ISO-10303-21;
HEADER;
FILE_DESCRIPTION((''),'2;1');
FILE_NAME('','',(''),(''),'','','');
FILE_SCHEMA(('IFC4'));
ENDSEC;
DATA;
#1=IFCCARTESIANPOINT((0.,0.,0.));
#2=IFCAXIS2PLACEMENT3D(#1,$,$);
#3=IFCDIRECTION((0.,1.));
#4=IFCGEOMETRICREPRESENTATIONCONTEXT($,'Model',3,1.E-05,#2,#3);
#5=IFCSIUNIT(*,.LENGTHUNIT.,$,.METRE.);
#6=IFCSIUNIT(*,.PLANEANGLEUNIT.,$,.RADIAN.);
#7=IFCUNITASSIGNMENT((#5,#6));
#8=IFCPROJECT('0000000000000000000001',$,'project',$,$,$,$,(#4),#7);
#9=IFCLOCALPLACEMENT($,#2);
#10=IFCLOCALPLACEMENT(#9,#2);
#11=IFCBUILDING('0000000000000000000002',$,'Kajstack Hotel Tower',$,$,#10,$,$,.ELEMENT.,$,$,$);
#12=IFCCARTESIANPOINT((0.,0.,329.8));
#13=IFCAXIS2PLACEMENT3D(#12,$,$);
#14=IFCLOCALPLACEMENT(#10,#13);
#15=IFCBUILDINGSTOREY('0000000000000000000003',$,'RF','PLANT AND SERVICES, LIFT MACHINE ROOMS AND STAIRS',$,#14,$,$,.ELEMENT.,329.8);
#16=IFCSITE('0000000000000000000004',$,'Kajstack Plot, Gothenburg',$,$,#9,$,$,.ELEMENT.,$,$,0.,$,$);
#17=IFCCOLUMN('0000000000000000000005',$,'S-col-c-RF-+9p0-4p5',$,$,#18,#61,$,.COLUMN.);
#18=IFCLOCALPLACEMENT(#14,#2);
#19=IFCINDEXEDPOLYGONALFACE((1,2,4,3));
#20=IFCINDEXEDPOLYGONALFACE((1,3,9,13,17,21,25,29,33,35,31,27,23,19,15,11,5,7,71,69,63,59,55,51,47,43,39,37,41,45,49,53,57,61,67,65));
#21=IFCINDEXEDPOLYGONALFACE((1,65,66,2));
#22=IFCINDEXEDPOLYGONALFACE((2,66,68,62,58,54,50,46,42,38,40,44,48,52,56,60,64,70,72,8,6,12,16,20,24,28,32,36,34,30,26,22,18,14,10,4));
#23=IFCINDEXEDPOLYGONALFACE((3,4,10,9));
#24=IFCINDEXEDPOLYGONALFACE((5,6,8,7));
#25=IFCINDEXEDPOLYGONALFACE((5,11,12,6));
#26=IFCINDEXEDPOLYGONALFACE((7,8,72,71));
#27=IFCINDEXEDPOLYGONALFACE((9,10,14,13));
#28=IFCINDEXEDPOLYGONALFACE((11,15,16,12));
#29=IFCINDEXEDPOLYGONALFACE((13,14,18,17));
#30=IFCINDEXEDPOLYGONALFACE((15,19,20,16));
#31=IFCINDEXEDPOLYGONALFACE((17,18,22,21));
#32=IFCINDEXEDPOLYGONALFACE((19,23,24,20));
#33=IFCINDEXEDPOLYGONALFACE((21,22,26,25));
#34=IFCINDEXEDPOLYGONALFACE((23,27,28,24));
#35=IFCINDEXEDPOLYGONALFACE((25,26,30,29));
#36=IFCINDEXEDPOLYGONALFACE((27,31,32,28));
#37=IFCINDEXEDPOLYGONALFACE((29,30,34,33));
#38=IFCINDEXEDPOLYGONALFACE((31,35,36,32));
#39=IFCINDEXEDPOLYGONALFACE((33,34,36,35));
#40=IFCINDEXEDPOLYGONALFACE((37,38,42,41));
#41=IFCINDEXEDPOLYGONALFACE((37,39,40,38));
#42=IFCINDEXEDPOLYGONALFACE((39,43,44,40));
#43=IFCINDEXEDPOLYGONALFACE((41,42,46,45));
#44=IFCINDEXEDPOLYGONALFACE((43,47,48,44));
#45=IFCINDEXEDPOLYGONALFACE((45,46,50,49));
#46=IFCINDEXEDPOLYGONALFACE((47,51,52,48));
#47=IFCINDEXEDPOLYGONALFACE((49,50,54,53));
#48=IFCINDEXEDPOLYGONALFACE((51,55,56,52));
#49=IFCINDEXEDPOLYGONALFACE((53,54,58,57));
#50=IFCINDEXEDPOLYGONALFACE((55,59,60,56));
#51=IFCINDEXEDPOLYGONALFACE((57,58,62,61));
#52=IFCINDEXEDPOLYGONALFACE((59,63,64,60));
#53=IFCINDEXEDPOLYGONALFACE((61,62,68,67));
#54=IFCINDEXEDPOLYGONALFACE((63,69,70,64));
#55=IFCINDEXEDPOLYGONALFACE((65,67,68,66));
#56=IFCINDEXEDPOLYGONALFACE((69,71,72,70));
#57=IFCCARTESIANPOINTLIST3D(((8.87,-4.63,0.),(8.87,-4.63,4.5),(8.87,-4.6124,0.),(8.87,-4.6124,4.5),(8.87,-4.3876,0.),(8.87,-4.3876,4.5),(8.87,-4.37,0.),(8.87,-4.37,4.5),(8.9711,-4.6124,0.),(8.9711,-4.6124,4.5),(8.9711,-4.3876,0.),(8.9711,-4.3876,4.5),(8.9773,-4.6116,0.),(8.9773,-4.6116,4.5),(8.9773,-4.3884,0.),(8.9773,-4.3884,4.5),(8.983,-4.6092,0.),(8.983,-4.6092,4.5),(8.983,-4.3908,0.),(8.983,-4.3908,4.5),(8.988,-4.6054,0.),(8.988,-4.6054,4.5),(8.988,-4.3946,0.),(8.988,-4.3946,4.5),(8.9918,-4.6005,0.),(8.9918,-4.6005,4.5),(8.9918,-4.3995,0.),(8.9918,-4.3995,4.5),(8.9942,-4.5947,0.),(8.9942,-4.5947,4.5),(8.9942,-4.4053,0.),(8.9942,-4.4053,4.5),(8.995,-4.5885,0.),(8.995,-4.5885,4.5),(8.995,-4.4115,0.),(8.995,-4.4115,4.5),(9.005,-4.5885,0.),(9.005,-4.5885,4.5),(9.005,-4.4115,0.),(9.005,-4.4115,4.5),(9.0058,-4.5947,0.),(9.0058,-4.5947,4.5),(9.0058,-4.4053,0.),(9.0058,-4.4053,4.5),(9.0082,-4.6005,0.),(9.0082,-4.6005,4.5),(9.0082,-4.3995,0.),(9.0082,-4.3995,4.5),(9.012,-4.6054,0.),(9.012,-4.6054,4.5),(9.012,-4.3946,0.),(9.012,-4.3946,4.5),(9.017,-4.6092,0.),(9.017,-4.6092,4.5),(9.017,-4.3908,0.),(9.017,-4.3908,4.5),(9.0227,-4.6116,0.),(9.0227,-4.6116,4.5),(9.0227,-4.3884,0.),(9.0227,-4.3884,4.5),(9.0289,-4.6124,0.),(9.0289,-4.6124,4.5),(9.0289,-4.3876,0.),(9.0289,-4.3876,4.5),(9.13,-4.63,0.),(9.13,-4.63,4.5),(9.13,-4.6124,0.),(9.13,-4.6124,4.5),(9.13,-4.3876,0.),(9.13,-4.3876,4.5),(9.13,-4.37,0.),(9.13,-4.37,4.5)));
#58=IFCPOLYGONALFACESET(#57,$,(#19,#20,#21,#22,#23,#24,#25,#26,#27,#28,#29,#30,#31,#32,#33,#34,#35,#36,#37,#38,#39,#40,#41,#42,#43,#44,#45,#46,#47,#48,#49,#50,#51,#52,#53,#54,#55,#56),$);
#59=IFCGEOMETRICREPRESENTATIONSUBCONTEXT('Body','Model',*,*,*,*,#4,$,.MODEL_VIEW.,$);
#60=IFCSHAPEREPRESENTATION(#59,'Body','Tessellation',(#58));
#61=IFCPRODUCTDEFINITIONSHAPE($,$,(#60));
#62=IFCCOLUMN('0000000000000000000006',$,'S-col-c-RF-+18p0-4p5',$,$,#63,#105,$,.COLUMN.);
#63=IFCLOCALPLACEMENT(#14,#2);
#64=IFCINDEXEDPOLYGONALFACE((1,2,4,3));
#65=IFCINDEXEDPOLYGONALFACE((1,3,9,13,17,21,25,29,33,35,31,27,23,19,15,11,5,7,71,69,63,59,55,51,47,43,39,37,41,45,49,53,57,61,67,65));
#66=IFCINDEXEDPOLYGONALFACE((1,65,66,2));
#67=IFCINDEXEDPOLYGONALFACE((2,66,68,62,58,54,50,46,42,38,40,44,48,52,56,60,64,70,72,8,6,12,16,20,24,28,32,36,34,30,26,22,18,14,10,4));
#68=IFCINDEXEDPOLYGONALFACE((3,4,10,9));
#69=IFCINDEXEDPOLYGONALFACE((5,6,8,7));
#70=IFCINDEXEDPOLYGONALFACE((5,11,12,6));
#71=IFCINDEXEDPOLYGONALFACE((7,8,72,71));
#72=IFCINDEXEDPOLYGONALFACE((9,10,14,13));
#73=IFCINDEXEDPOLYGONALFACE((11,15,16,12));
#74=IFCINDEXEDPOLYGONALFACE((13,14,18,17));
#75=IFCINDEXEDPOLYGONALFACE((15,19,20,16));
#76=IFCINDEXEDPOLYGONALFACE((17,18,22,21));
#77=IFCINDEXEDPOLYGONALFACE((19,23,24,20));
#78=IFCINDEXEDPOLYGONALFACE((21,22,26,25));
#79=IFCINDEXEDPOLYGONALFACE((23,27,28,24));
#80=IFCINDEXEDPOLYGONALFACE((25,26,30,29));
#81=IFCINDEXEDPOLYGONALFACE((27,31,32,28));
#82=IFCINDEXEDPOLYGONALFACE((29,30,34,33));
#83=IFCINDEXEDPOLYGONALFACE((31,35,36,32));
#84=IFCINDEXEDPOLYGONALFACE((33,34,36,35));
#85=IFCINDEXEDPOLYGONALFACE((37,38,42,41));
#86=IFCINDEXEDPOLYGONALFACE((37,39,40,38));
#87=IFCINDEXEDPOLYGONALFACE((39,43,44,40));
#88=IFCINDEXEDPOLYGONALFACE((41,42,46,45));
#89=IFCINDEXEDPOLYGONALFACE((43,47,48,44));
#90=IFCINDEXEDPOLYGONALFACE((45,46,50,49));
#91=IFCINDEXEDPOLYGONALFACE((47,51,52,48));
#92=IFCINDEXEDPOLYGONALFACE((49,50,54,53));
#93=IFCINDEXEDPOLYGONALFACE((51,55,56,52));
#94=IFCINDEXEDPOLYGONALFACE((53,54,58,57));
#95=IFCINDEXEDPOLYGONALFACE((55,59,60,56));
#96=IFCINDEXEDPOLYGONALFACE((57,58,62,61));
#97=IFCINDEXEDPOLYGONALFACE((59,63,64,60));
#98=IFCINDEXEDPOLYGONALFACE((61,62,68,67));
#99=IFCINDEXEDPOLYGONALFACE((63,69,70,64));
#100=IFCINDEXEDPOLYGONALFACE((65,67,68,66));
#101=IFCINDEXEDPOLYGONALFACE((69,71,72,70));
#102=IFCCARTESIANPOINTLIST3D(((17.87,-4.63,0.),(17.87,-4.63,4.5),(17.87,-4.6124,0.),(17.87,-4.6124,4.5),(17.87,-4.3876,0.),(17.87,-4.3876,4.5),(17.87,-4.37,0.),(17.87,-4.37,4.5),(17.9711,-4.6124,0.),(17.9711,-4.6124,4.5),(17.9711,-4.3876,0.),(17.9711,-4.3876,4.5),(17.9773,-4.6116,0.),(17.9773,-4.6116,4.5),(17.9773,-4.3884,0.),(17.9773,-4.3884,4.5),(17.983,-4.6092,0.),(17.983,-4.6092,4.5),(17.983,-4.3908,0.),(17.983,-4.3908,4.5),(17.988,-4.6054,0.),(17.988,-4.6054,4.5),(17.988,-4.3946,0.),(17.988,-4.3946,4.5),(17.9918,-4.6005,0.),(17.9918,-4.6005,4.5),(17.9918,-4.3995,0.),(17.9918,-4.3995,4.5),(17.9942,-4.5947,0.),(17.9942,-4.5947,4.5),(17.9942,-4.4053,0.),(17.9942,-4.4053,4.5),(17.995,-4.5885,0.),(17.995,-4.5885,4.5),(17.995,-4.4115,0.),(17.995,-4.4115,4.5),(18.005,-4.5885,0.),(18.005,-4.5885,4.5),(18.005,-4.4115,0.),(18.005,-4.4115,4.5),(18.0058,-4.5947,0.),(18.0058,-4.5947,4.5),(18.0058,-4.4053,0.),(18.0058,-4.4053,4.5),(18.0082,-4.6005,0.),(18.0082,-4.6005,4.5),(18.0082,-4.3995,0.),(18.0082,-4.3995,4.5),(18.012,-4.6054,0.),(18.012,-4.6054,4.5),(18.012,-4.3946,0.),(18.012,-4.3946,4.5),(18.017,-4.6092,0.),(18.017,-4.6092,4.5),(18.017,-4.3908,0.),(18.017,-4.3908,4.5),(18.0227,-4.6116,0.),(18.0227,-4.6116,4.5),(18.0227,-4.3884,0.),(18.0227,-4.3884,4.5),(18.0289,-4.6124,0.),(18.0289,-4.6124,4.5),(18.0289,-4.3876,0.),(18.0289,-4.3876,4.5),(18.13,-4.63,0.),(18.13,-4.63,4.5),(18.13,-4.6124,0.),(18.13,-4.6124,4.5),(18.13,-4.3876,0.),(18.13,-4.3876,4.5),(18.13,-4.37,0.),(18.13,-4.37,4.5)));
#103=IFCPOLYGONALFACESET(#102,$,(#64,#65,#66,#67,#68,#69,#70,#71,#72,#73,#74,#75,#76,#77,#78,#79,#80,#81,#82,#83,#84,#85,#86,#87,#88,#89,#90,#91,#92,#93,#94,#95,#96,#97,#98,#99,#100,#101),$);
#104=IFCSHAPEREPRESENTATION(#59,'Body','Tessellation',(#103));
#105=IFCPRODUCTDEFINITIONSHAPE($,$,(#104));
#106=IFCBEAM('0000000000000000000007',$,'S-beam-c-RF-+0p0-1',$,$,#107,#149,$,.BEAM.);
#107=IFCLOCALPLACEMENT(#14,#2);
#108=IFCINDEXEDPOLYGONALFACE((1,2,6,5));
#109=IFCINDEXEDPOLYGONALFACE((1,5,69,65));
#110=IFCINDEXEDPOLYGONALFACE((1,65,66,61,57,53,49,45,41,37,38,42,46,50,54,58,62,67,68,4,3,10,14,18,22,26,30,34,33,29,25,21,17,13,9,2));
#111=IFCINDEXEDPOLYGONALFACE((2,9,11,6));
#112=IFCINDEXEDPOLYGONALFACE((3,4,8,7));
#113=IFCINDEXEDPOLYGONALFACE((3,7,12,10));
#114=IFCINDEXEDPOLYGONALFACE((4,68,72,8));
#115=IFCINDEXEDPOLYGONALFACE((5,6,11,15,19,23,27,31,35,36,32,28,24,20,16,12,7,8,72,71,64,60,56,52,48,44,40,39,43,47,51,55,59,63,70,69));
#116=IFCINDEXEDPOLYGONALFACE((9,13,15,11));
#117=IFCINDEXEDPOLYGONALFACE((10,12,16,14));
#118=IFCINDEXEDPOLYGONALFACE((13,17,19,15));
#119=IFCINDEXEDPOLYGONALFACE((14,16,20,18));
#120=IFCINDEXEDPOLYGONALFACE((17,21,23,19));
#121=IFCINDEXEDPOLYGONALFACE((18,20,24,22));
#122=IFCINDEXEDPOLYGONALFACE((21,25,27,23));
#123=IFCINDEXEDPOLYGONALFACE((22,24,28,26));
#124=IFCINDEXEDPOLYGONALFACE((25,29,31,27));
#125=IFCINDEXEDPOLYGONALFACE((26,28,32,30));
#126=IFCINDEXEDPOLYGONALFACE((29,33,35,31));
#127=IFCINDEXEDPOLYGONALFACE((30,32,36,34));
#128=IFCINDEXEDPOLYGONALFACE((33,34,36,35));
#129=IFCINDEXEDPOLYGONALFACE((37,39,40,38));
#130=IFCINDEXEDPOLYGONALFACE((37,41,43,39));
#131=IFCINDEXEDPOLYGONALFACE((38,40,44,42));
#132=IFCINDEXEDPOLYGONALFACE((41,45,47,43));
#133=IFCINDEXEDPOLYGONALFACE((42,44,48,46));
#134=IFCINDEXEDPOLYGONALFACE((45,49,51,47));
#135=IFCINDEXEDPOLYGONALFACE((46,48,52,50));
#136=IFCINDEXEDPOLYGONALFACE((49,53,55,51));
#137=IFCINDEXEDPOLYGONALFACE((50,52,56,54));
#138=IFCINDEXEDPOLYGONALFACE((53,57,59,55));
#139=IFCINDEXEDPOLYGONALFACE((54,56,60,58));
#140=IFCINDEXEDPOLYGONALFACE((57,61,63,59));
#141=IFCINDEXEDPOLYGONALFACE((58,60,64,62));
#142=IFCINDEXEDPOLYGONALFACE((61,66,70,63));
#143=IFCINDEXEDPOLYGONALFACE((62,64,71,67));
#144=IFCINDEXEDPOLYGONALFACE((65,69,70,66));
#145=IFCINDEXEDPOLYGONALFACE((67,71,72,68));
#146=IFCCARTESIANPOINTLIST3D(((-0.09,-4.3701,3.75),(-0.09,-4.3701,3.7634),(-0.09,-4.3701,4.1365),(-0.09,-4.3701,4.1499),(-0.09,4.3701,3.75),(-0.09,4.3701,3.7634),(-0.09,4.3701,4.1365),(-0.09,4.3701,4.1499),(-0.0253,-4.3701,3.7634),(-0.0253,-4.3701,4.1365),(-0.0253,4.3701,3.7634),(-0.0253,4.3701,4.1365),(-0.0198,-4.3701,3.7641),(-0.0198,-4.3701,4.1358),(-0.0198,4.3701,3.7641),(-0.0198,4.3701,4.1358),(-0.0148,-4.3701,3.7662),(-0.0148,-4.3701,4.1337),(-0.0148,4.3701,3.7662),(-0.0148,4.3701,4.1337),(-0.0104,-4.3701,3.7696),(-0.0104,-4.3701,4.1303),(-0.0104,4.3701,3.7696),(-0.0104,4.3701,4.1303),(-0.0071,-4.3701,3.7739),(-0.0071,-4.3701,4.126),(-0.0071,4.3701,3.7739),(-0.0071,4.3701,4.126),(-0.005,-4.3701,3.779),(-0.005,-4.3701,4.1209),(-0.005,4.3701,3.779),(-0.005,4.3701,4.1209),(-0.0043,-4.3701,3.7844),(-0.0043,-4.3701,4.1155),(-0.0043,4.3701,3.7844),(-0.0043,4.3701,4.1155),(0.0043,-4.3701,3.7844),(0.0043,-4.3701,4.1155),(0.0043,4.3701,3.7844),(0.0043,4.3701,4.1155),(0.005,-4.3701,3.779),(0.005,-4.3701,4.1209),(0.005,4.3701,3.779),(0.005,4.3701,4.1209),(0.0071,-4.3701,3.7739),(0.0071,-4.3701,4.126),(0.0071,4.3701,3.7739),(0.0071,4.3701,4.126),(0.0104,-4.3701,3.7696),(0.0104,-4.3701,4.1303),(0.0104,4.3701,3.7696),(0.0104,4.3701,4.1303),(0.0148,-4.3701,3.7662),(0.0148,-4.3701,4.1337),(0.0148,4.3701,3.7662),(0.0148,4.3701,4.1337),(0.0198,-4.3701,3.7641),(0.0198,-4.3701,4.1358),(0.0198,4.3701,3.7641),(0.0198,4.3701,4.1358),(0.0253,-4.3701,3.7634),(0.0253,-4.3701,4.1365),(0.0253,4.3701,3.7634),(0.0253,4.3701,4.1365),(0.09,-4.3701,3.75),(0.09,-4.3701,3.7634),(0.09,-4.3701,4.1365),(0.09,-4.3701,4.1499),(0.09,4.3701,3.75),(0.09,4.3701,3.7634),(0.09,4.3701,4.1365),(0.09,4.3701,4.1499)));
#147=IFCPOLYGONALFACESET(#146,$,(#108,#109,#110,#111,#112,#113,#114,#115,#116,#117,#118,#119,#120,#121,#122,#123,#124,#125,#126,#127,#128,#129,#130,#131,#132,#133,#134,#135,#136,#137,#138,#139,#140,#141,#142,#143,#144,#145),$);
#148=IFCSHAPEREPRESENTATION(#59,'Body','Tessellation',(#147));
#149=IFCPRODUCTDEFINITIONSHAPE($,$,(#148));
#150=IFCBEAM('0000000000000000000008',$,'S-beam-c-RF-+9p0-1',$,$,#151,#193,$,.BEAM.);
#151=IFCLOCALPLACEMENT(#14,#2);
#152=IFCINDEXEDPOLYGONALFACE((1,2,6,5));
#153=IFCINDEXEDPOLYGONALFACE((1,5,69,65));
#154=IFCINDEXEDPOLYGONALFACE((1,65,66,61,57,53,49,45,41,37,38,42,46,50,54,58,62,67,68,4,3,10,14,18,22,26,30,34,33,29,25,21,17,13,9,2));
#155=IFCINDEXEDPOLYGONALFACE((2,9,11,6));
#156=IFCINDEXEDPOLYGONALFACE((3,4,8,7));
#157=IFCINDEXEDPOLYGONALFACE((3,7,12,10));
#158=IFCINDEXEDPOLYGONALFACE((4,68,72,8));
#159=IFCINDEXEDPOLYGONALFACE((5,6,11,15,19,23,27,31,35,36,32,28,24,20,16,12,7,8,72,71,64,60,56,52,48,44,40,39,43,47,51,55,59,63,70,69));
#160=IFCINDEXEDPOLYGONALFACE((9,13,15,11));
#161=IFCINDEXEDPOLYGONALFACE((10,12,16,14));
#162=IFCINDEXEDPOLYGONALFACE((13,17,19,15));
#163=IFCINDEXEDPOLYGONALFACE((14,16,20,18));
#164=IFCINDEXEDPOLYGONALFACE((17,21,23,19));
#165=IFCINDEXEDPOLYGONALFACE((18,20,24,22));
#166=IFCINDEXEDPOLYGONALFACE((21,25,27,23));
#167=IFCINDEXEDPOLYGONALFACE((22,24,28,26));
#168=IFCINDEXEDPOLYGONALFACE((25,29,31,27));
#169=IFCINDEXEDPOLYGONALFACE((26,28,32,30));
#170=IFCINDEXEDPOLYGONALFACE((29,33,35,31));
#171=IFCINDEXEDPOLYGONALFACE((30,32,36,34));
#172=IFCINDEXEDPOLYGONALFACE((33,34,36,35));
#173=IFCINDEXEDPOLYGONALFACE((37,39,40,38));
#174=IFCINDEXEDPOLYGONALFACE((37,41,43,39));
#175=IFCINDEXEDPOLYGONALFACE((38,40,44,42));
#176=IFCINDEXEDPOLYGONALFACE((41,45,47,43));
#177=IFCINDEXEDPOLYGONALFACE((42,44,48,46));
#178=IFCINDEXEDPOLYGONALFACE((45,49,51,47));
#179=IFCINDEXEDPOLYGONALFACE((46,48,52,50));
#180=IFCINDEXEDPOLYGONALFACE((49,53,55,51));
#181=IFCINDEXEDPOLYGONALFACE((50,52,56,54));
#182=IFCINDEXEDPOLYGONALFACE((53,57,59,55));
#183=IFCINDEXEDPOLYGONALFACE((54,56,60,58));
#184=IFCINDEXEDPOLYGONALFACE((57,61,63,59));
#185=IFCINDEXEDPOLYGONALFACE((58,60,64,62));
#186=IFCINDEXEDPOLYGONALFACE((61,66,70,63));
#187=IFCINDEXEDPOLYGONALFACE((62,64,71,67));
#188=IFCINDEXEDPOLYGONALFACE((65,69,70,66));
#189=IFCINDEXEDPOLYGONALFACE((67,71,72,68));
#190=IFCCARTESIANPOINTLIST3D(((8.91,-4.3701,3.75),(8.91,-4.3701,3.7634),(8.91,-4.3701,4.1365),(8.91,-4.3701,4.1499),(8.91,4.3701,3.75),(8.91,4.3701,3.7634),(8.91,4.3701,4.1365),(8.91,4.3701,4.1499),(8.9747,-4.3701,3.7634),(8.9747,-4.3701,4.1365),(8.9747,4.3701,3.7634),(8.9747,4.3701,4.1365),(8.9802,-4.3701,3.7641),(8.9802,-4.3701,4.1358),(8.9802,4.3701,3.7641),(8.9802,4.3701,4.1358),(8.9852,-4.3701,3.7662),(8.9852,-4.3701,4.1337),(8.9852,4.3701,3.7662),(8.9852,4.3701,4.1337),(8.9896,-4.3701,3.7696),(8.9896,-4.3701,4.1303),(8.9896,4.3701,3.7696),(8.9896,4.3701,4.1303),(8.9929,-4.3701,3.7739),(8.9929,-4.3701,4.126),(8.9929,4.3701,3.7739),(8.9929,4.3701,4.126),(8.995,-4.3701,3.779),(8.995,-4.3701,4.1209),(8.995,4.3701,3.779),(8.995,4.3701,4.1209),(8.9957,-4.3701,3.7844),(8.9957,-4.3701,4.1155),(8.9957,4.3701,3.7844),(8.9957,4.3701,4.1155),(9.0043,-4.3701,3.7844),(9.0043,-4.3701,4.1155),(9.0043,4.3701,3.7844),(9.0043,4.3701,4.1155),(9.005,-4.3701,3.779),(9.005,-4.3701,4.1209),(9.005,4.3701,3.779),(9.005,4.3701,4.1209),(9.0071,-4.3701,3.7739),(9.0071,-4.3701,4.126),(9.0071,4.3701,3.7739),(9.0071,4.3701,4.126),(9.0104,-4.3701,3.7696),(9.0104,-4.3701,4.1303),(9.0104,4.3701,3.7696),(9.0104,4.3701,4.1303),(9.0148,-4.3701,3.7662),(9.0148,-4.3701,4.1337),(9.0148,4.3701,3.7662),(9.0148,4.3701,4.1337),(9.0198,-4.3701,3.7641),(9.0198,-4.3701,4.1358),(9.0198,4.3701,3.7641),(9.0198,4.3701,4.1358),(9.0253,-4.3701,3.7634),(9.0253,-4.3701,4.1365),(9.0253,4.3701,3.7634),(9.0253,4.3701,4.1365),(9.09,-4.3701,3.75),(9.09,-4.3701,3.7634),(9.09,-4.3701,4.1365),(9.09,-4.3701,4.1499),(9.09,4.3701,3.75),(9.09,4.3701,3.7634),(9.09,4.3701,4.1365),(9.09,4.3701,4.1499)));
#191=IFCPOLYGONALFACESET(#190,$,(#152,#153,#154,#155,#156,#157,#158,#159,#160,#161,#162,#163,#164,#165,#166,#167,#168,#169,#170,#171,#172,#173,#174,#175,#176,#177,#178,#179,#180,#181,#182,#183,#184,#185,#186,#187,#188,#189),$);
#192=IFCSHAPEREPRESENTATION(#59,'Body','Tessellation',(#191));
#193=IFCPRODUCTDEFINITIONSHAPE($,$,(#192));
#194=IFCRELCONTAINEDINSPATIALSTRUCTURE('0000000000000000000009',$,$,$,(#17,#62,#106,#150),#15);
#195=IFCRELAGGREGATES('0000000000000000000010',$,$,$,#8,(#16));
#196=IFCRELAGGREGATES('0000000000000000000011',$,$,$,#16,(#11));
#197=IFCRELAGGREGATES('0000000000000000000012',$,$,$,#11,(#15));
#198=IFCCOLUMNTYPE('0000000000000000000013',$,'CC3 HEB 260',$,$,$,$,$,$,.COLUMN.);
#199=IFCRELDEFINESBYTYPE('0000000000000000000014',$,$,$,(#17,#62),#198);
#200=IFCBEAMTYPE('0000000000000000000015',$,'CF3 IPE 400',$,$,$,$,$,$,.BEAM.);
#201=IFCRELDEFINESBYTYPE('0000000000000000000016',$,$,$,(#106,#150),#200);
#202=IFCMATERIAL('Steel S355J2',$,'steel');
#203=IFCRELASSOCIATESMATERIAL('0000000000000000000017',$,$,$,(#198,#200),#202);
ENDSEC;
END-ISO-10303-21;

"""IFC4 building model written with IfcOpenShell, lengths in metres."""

from ifc_helpers import new_model, si_unit, direction, frame, origin, origin_2d, place, context, subcontext, project, spatial, i_section, extrude, material, material_profile, profile_set, type_object, element, save


model = new_model("IFC4")

# Units and contexts
model_context = context("Model", 3, precision=1e-05, world=origin(), true_north=direction((0.0, 1.0)))
body_context = subcontext(model_context, "Body", "Model", "MODEL_VIEW")
ifc_project = project(units=[si_unit("LENGTHUNIT", "METRE"), si_unit("PLANEANGLEUNIT", "RADIAN")], contexts=[model_context])

# Site, building, storey
site_placement = place(None, origin())
site = spatial("IfcSite", under=ifc_project, at=site_placement, Name="Kajstack Plot, Gothenburg", CompositionType="ELEMENT", RefElevation=0.0)
building_placement = place(site_placement, origin())
building = spatial("IfcBuilding", under=site, at=building_placement, Name="Kajstack Hotel Tower", CompositionType="ELEMENT")
storey_placement = place(building_placement, frame((0.0, 0.0, 329.8)))
storey = spatial("IfcBuildingStorey", under=building, at=storey_placement, Name="RF", Description="PLANT AND SERVICES, LIFT MACHINE ROOMS AND STAIRS", CompositionType="ELEMENT", Elevation=329.8)

# Columns
ifc_material_1 = material(Name="Steel S355J2", Category="steel")
ifc_material_profile_1 = material_profile(ifc_material_1, i_section(OverallWidth=0.26, OverallDepth=0.26, WebThickness=0.01, FlangeThickness=0.0176, FilletRadius=0.0239, at=origin_2d()), Name="HEB 260")
ifc_profile_set_1 = profile_set([ifc_material_profile_1], Name="Steel S355J2")
column_type = type_object("IfcColumnType", Name="CC3 HEB 260", PredefinedType="COLUMN", material=ifc_profile_set_1)
for number, where, z_axis, x_axis, name in (
    (1, (9.0, -4.5, 0.0), (0.0, 0.0, 1.0), (1.0, 0.0, 0.0), "S-col-c-RF-+9p0-4p5"),
    (2, (18.0, -4.5, 0.0), (0.0, 0.0, 1.0), (1.0, 0.0, 0.0), "S-col-c-RF-+18p0-4p5"),
):
    element("IfcColumn", number, at=place(storey_placement, frame(where, z_axis=z_axis, x_axis=x_axis)), inside=storey, type_object=column_type, Name=name, PredefinedType="COLUMN", context=body_context, shape_type="SweptSolid", body=[
        extrude(i_section(OverallWidth=0.26, OverallDepth=0.26, WebThickness=0.01, FlangeThickness=0.0176, FilletRadius=0.0239, at=origin_2d()), origin(), (0.0, 0.0, 1.0), 4.5),
    ])

# Beams
ifc_material_profile_2 = material_profile(ifc_material_1, i_section(OverallWidth=0.1799, OverallDepth=0.3999, WebThickness=0.0085, FlangeThickness=0.0134, FilletRadius=0.021, at=origin_2d()), Name="IPE 400")
ifc_profile_set_2 = profile_set([ifc_material_profile_2], Name="Steel S355J2")
beam_type = type_object("IfcBeamType", Name="CF3 IPE 400", PredefinedType="BEAM", material=ifc_profile_set_2)
for number, where, z_axis, x_axis, name in (
    (3, (0.0, -4.3701, 3.95), (0.0, 1.0, 0.0), (-1.0, 0.0, 0.0), "S-beam-c-RF-+0p0-1"),
    (4, (9.0, -4.3701, 3.95), (0.0, 1.0, 0.0), (-1.0, 0.0, 0.0), "S-beam-c-RF-+9p0-1"),
):
    element("IfcBeam", number, at=place(storey_placement, frame(where, z_axis=z_axis, x_axis=x_axis)), inside=storey, type_object=beam_type, Name=name, PredefinedType="BEAM", context=body_context, shape_type="SweptSolid", body=[
        extrude(i_section(OverallWidth=0.1799, OverallDepth=0.3999, WebThickness=0.0085, FlangeThickness=0.0134, FilletRadius=0.021, at=origin_2d()), origin(), (0.0, 0.0, 1.0), 8.7402),
    ])

save(model, "model.ifc")
